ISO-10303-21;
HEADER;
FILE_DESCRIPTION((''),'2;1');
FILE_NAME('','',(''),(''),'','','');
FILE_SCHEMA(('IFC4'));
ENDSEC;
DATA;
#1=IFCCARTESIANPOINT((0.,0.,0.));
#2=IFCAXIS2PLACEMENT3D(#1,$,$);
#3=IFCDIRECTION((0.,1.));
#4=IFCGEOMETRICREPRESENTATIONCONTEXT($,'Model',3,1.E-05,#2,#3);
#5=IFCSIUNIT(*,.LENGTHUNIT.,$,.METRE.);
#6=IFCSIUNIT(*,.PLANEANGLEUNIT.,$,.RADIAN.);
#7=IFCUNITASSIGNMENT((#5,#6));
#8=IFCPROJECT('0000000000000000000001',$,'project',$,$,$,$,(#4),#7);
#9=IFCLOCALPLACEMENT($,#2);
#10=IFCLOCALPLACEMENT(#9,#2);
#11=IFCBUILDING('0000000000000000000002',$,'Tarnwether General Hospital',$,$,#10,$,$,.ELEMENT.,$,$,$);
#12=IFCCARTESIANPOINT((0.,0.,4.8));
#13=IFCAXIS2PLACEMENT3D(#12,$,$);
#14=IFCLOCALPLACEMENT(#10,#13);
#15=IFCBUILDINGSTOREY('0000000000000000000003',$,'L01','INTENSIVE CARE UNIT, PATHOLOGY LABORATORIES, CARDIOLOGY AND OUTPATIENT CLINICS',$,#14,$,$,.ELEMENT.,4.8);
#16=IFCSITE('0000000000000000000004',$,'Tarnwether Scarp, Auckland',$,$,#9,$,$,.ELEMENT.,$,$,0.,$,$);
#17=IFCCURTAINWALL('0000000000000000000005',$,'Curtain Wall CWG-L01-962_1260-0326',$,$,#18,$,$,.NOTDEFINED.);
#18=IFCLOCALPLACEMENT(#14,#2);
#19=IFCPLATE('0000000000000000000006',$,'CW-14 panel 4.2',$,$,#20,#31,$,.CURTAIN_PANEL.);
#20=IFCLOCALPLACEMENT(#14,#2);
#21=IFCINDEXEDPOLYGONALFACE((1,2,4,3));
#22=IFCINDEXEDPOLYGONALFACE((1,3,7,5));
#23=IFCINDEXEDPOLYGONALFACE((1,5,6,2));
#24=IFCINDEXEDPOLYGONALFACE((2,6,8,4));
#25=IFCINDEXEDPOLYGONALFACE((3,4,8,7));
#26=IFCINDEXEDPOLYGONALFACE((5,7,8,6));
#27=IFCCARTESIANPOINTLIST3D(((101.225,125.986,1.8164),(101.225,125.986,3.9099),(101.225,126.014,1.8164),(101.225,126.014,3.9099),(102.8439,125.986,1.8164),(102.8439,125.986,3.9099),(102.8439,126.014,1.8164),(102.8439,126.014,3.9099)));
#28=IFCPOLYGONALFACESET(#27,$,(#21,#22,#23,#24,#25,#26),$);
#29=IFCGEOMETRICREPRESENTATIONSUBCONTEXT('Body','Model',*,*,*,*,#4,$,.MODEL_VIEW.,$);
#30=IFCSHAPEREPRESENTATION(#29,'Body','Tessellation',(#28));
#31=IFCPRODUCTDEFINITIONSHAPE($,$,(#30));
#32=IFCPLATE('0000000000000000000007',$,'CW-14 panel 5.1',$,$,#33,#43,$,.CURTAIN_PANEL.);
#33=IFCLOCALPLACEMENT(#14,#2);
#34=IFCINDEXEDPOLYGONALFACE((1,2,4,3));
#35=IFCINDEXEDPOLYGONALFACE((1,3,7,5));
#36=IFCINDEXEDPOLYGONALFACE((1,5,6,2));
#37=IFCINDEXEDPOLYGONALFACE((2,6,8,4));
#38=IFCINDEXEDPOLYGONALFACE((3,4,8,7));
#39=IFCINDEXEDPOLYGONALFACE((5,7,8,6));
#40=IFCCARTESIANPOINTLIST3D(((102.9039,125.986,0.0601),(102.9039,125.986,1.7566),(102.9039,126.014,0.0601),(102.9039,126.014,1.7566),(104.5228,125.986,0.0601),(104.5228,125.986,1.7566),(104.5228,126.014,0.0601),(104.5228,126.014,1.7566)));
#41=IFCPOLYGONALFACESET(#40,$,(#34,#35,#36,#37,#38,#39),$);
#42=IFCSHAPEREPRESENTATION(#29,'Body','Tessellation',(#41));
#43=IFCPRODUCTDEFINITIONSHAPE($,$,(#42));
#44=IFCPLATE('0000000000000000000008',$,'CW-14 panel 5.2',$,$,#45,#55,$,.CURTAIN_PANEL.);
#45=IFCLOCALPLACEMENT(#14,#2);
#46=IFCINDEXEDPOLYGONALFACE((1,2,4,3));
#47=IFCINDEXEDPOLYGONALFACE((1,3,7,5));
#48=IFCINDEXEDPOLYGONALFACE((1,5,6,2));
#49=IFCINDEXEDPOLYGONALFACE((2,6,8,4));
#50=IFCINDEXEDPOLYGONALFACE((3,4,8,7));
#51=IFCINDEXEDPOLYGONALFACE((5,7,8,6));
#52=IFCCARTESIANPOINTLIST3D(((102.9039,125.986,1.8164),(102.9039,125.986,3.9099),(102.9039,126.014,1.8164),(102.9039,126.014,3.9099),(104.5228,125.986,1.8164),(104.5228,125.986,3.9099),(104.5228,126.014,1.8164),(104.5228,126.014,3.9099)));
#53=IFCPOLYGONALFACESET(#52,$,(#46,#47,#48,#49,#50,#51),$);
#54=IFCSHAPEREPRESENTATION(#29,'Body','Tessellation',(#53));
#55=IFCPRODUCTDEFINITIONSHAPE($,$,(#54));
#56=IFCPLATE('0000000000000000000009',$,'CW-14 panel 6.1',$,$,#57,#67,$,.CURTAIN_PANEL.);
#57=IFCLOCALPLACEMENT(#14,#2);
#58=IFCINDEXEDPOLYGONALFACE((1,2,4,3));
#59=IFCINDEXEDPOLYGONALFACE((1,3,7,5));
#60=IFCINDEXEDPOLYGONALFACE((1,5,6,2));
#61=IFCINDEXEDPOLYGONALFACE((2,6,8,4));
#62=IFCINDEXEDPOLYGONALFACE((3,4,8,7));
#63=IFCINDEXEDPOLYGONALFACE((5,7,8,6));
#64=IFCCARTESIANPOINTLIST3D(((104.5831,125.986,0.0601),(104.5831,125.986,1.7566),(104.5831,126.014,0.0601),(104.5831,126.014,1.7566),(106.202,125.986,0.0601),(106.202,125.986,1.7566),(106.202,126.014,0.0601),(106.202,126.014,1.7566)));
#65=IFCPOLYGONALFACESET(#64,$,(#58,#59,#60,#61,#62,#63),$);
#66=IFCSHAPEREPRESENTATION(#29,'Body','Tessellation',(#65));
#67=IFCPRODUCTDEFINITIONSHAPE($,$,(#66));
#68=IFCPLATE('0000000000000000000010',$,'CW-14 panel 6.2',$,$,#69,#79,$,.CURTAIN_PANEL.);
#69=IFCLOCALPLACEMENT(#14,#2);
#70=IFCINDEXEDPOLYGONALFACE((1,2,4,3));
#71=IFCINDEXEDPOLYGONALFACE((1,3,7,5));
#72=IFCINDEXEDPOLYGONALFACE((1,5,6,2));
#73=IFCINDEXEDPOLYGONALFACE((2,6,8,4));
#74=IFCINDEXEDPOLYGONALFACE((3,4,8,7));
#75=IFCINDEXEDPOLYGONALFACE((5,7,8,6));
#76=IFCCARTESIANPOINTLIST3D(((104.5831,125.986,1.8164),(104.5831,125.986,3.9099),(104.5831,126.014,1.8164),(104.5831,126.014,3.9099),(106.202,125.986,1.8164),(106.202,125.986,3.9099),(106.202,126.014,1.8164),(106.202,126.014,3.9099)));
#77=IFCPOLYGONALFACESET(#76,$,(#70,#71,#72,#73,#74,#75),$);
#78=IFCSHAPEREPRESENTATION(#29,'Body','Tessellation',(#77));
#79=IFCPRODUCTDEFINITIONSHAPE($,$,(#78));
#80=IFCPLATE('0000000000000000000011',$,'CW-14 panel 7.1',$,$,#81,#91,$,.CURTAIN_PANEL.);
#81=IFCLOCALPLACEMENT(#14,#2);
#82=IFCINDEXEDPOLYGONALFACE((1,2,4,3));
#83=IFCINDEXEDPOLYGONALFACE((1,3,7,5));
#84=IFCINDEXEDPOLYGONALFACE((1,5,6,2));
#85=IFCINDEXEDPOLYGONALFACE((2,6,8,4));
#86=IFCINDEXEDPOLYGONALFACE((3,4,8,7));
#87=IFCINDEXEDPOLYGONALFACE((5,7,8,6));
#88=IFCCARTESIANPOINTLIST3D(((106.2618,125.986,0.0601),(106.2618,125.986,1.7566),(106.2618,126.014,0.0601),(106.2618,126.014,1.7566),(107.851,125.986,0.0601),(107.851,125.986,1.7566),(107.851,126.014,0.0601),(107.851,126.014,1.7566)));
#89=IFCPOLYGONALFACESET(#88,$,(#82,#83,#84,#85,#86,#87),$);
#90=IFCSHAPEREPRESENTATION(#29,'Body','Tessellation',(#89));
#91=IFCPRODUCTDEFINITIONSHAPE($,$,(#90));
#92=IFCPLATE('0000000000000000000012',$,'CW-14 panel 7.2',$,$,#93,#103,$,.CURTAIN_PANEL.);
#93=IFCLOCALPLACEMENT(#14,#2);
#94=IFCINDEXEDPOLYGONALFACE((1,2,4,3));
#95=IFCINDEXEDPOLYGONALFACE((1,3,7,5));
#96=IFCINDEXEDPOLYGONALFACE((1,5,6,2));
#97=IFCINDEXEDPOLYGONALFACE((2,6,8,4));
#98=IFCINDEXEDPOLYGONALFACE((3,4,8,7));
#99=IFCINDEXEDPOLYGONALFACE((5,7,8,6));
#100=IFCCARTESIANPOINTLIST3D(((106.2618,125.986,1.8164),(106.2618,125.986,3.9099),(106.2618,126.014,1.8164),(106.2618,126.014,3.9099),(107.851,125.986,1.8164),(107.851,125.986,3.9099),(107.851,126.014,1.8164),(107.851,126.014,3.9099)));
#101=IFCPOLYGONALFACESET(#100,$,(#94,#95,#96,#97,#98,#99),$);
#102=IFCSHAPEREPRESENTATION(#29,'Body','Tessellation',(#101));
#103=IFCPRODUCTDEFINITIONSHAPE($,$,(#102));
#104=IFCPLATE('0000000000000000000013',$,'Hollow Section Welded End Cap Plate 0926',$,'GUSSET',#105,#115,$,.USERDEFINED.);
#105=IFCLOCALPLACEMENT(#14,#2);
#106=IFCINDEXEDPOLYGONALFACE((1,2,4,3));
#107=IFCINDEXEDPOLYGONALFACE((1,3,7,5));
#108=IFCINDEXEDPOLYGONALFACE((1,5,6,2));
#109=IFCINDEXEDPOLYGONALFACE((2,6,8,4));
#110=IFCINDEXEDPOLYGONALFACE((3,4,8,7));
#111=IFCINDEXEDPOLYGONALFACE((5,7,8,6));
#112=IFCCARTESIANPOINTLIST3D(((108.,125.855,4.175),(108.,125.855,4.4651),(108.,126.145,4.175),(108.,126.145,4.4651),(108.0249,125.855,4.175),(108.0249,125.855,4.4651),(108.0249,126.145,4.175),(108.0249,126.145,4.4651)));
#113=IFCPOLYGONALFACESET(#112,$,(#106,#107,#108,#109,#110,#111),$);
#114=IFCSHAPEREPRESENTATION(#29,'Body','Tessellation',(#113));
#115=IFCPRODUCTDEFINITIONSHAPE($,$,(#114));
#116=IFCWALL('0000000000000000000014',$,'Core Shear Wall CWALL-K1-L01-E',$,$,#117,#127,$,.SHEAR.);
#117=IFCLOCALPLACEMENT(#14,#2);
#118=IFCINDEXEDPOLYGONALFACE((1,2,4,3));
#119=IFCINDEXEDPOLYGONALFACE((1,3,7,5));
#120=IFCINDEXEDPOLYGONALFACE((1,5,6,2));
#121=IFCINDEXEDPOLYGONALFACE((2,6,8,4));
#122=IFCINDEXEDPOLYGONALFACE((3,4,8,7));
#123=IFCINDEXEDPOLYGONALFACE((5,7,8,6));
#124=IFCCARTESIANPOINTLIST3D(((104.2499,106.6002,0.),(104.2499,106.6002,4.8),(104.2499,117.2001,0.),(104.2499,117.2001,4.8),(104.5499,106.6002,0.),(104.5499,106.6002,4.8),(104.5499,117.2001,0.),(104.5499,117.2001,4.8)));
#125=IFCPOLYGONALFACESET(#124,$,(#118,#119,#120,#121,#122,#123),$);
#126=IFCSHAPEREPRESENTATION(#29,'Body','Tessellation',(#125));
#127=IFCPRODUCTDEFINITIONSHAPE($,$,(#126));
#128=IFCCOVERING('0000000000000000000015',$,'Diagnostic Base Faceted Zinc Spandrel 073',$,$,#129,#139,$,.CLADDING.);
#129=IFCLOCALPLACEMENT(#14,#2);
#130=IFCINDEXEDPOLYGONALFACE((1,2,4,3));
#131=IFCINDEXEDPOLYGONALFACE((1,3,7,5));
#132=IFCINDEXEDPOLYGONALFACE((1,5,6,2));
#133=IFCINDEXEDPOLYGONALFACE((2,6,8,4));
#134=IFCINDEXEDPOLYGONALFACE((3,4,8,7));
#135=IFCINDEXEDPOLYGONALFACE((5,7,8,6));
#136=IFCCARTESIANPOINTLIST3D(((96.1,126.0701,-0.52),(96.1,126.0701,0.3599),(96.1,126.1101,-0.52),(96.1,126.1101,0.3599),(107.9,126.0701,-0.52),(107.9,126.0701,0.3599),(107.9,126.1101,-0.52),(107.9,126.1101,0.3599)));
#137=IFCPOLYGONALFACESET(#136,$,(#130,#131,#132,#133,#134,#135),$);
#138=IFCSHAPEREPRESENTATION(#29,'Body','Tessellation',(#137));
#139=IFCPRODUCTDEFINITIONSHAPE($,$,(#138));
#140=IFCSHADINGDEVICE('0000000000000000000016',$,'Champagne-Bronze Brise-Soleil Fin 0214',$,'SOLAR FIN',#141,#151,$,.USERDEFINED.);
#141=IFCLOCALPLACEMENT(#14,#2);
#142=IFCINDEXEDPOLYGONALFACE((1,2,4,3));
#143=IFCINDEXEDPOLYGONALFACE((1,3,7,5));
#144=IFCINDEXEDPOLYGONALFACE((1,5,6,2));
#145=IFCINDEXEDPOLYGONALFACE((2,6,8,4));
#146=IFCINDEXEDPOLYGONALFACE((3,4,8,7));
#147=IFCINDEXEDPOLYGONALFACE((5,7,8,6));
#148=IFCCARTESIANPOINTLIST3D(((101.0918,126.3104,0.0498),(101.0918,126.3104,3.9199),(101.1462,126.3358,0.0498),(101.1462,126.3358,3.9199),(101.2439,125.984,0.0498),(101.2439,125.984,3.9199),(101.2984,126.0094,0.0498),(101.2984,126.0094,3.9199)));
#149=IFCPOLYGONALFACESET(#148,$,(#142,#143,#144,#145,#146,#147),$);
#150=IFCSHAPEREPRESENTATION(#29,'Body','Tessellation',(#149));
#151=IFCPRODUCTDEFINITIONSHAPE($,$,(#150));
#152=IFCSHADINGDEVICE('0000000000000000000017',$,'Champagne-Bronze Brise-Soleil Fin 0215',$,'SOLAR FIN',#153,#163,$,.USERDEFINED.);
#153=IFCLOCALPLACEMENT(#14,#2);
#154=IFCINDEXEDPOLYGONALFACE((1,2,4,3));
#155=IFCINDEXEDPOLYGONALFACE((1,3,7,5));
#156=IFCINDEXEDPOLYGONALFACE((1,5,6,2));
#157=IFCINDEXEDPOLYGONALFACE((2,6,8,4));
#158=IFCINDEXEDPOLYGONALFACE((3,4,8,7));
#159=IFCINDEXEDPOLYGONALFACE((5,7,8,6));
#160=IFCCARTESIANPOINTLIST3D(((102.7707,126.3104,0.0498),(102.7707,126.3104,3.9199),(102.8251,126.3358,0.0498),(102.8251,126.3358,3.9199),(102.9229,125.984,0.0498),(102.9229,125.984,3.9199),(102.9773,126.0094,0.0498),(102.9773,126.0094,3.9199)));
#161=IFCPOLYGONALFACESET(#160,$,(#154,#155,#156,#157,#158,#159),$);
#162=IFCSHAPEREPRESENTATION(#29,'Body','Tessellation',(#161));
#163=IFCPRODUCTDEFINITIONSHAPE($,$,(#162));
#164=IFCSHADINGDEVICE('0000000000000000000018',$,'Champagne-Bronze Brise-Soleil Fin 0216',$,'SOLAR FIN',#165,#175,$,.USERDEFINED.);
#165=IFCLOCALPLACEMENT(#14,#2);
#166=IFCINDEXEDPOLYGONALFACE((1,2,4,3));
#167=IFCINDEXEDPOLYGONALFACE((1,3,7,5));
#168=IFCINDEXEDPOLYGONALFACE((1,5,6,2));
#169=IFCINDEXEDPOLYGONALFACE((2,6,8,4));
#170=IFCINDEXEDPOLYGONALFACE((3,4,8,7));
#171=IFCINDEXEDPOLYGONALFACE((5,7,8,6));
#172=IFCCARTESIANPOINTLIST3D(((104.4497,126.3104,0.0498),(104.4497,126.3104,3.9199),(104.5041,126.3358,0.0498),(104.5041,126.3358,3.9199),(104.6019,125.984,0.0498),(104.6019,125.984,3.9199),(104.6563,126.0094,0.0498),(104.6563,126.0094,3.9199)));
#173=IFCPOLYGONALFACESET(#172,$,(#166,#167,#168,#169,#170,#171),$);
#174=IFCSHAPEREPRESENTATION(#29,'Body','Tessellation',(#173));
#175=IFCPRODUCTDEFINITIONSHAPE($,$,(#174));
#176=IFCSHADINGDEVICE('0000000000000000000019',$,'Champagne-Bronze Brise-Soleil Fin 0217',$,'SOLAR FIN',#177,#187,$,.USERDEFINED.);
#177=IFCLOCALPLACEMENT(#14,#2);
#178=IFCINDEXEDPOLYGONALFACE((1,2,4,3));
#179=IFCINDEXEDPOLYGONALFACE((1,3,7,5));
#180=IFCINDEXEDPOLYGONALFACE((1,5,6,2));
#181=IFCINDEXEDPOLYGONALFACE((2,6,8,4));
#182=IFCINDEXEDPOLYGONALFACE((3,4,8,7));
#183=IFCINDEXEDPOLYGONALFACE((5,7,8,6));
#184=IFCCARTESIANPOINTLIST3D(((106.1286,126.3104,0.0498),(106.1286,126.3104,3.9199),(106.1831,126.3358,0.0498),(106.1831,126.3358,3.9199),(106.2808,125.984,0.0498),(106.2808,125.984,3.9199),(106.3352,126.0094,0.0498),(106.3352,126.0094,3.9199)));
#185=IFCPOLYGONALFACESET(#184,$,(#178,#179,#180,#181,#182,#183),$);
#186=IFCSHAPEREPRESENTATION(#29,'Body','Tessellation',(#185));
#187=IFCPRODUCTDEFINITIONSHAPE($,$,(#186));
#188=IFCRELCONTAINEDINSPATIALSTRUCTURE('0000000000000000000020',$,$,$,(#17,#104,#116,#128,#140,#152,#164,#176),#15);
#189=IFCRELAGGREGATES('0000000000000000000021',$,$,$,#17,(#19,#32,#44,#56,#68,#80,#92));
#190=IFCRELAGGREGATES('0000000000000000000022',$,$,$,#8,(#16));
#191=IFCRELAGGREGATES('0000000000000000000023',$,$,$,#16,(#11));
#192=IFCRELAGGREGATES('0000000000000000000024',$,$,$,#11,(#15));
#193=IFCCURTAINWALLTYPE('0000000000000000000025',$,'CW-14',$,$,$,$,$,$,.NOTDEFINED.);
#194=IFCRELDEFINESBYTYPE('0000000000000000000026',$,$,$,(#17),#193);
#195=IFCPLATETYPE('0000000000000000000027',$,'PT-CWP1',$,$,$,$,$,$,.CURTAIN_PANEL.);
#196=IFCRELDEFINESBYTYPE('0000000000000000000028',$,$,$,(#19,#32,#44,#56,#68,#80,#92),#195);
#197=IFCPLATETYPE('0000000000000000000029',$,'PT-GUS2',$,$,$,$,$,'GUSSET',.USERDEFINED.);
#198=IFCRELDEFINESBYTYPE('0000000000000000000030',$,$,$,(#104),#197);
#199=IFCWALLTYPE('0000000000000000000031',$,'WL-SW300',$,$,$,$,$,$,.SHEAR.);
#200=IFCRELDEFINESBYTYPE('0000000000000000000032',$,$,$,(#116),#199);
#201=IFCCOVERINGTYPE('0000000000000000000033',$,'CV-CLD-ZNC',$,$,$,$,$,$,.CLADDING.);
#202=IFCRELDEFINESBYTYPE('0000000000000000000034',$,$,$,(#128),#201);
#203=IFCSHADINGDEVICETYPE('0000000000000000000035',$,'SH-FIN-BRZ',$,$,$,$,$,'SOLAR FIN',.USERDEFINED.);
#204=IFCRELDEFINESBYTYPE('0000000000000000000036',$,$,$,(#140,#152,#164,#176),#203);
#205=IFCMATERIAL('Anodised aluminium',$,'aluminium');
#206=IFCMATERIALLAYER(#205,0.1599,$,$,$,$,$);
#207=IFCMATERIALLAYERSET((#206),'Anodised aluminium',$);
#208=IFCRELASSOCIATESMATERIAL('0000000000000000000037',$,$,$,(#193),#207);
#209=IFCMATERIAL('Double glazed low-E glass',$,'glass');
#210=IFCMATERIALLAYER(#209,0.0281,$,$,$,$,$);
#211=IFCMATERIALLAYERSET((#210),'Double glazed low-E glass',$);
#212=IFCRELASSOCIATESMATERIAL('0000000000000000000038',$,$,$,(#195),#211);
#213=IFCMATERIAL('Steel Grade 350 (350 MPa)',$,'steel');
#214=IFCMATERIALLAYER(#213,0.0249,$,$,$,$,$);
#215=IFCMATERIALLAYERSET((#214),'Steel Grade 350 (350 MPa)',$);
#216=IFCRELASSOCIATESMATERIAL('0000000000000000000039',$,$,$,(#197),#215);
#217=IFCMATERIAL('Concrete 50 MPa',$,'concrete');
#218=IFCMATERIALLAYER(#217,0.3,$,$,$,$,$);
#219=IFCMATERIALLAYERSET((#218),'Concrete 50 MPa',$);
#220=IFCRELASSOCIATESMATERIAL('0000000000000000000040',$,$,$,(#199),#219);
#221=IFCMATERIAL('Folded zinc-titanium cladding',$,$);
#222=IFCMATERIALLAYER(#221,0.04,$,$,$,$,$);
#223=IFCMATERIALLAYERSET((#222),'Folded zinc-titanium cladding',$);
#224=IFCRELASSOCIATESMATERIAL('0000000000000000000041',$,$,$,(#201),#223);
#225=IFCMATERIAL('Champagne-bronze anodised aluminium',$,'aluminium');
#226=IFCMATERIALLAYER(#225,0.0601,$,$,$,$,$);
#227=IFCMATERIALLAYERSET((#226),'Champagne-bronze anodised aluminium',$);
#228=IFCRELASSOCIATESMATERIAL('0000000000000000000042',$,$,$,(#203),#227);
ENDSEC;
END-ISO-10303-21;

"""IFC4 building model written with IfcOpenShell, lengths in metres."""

from ifc_helpers import new_model, si_unit, direction, frame, frame_2d, origin, origin_2d, place, context, subcontext, project, spatial, rectangle, extrude, material, layer, layer_set, type_object, element, aggregate, save


model = new_model("IFC4")

# Units and contexts
model_context = context("Model", 3, precision=1e-05, world=origin(), true_north=direction((0.0, 1.0)))
body_context = subcontext(model_context, "Body", "Model", "MODEL_VIEW")
ifc_project = project(units=[si_unit("LENGTHUNIT", "METRE"), si_unit("PLANEANGLEUNIT", "RADIAN")], contexts=[model_context])

# Site, building, storey
site_placement = place(None, origin())
site = spatial("IfcSite", under=ifc_project, at=site_placement, Name="Tarnwether Scarp, Auckland", CompositionType="ELEMENT", RefElevation=0.0)
building_placement = place(site_placement, origin())
building = spatial("IfcBuilding", under=site, at=building_placement, Name="Tarnwether General Hospital", CompositionType="ELEMENT")
storey_placement = place(building_placement, frame((0.0, 0.0, 4.8)))
storey = spatial("IfcBuildingStorey", under=building, at=storey_placement, Name="L01", Description="INTENSIVE CARE UNIT, PATHOLOGY LABORATORIES, CARDIOLOGY AND OUTPATIENT CLINICS", CompositionType="ELEMENT", Elevation=4.8)

# Curtain wall
ifc_material_1 = material(Name="Anodised aluminium", Category="aluminium")
ifc_layer_1 = layer(ifc_material_1, 0.1599)
ifc_layer_set_1 = layer_set([ifc_layer_1], Name="Anodised aluminium")
curtain_wall_type = type_object("IfcCurtainWallType", Name="CW-14", PredefinedType="NOTDEFINED", material=ifc_layer_set_1)
curtain_wall_1_placement = place(storey_placement, origin())
curtain_wall_1 = element("IfcCurtainWall", 1, at=curtain_wall_1_placement, inside=storey, type_object=curtain_wall_type, Name="Curtain Wall CWG-L01-962_1260-0326", PredefinedType="NOTDEFINED")

# Plates
ifc_material_2 = material(Name="Double glazed low-E glass", Category="glass")
ifc_layer_2 = layer(ifc_material_2, 0.0281)
ifc_layer_set_2 = layer_set([ifc_layer_2], Name="Double glazed low-E glass")
plate_type_1 = type_object("IfcPlateType", Name="PT-CWP1", PredefinedType="CURTAIN_PANEL", material=ifc_layer_set_2)
plate_1_placement = place(storey_placement, frame((102.0344, 126.0, 1.8164), z_axis=(0.0, 0.0, 1.0), x_axis=(1.0, 0.0, 0.0)))
plate_1 = element("IfcPlate", 2, at=plate_1_placement, type_object=plate_type_1, Name="CW-14 panel 4.2", PredefinedType="CURTAIN_PANEL", context=body_context, shape_type="SweptSolid", body=[
    extrude(rectangle(XDim=1.6189, YDim=0.0281, at=origin_2d()), origin(), (0.0, 0.0, 1.0), 2.0935),
])
plate_2_placement = place(storey_placement, frame((103.7134, 126.0, 0.0601), z_axis=(0.0, 0.0, 1.0), x_axis=(1.0, 0.0, 0.0)))
plate_2 = element("IfcPlate", 3, at=plate_2_placement, type_object=plate_type_1, Name="CW-14 panel 5.1", PredefinedType="CURTAIN_PANEL", context=body_context, shape_type="SweptSolid", body=[
    extrude(rectangle(XDim=1.6189, YDim=0.0281, at=origin_2d()), origin(), (0.0, 0.0, 1.0), 1.6965),
])
plate_3_placement = place(storey_placement, frame((103.7134, 126.0, 1.8164), z_axis=(0.0, 0.0, 1.0), x_axis=(1.0, 0.0, 0.0)))
plate_3 = element("IfcPlate", 4, at=plate_3_placement, type_object=plate_type_1, Name="CW-14 panel 5.2", PredefinedType="CURTAIN_PANEL", context=body_context, shape_type="SweptSolid", body=[
    extrude(rectangle(XDim=1.6189, YDim=0.0281, at=origin_2d()), origin(), (0.0, 0.0, 1.0), 2.0935),
])
plate_4_placement = place(storey_placement, frame((105.3926, 126.0, 0.0601), z_axis=(0.0, 0.0, 1.0), x_axis=(1.0, 0.0, 0.0)))
plate_4 = element("IfcPlate", 5, at=plate_4_placement, type_object=plate_type_1, Name="CW-14 panel 6.1", PredefinedType="CURTAIN_PANEL", context=body_context, shape_type="SweptSolid", body=[
    extrude(rectangle(XDim=1.6189, YDim=0.0281, at=origin_2d()), origin(), (0.0, 0.0, 1.0), 1.6965),
])
plate_5_placement = place(storey_placement, frame((105.3926, 126.0, 1.8164), z_axis=(0.0, 0.0, 1.0), x_axis=(1.0, 0.0, 0.0)))
plate_5 = element("IfcPlate", 6, at=plate_5_placement, type_object=plate_type_1, Name="CW-14 panel 6.2", PredefinedType="CURTAIN_PANEL", context=body_context, shape_type="SweptSolid", body=[
    extrude(rectangle(XDim=1.6189, YDim=0.0281, at=origin_2d()), origin(), (0.0, 0.0, 1.0), 2.0935),
])
plate_6_placement = place(storey_placement, frame((107.0564, 126.0, 0.0601), z_axis=(0.0, 0.0, 1.0), x_axis=(1.0, 0.0, 0.0)))
plate_6 = element("IfcPlate", 7, at=plate_6_placement, type_object=plate_type_1, Name="CW-14 panel 7.1", PredefinedType="CURTAIN_PANEL", context=body_context, shape_type="SweptSolid", body=[
    extrude(rectangle(XDim=1.5891, YDim=0.0281, at=origin_2d()), origin(), (0.0, 0.0, 1.0), 1.6965),
])
plate_7_placement = place(storey_placement, frame((107.0564, 126.0, 1.8164), z_axis=(0.0, 0.0, 1.0), x_axis=(1.0, 0.0, 0.0)))
plate_7 = element("IfcPlate", 8, at=plate_7_placement, type_object=plate_type_1, Name="CW-14 panel 7.2", PredefinedType="CURTAIN_PANEL", context=body_context, shape_type="SweptSolid", body=[
    extrude(rectangle(XDim=1.5891, YDim=0.0281, at=origin_2d()), origin(), (0.0, 0.0, 1.0), 2.0935),
])
aggregate(curtain_wall_1, [plate_1, plate_2, plate_3, plate_4, plate_5, plate_6, plate_7])
ifc_material_3 = material(Name="Steel Grade 350 (350 MPa)", Category="steel")
ifc_layer_3 = layer(ifc_material_3, 0.0249)
ifc_layer_set_3 = layer_set([ifc_layer_3], Name="Steel Grade 350 (350 MPa)")
plate_type_2 = type_object("IfcPlateType", Name="PT-GUS2", ElementType="GUSSET", PredefinedType="USERDEFINED", material=ifc_layer_set_3)
plate_8_placement = place(storey_placement, frame((108.0125, 126.0, 4.175), z_axis=(0.0, 0.0, 1.0), x_axis=(1.0, 0.0, 0.0)))
element("IfcPlate", 9, at=plate_8_placement, inside=storey, type_object=plate_type_2, Name="Hollow Section Welded End Cap Plate 0926", ObjectType="GUSSET", PredefinedType="USERDEFINED", context=body_context, shape_type="SweptSolid", body=[
    extrude(rectangle(XDim=0.0249, YDim=0.29, at=origin_2d()), origin(), (0.0, 0.0, 1.0), 0.29),
])

# Wall
ifc_material_4 = material(Name="Concrete 50 MPa", Category="concrete")
ifc_layer_4 = layer(ifc_material_4, 0.3)
ifc_layer_set_4 = layer_set([ifc_layer_4], Name="Concrete 50 MPa")
wall_type = type_object("IfcWallType", Name="WL-SW300", PredefinedType="SHEAR", material=ifc_layer_set_4)
wall_placement = place(storey_placement, frame((104.3999, 117.2, 0.0), z_axis=(0.0, 0.0, 1.0), x_axis=(0.0, -1.0, 0.0)))
element("IfcWall", 10, at=wall_placement, inside=storey, type_object=wall_type, Name="Core Shear Wall CWALL-K1-L01-E", PredefinedType="SHEAR", context=body_context, shape_type="SweptSolid", body=[
    extrude(rectangle(XDim=10.5999, YDim=0.3, at=frame_2d((5.2998, 0.0))), origin(), (0.0, 0.0, 1.0), 4.8),
])

# Covering
ifc_material_5 = material(Name="Folded zinc-titanium cladding")
ifc_layer_5 = layer(ifc_material_5, 0.04)
ifc_layer_set_5 = layer_set([ifc_layer_5], Name="Folded zinc-titanium cladding")
covering_type = type_object("IfcCoveringType", Name="CV-CLD-ZNC", PredefinedType="CLADDING", material=ifc_layer_set_5)
covering_placement = place(storey_placement, frame((102.0, 126.0901, -0.52), z_axis=(0.0, 0.0, 1.0), x_axis=(1.0, 0.0, 0.0)))
element("IfcCovering", 11, at=covering_placement, inside=storey, type_object=covering_type, Name="Diagnostic Base Faceted Zinc Spandrel 073", PredefinedType="CLADDING", context=body_context, shape_type="SweptSolid", body=[
    extrude(rectangle(XDim=11.8, YDim=0.04, at=origin_2d()), origin(), (0.0, 0.0, 1.0), 0.8799),
])

# Shading devices
ifc_material_6 = material(Name="Champagne-bronze anodised aluminium", Category="aluminium")
ifc_layer_6 = layer(ifc_material_6, 0.0601)
ifc_layer_set_6 = layer_set([ifc_layer_6], Name="Champagne-bronze anodised aluminium")
shading_device_type = type_object("IfcShadingDeviceType", Name="SH-FIN-BRZ", ElementType="SOLAR FIN", PredefinedType="USERDEFINED", material=ifc_layer_set_6)
for number, where, z_axis, x_axis, name in (
    (12, (101.1951, 126.1599, 0.0498), (0.0, 0.0, 1.0), (0.906308, 0.422618, 0.0), "Champagne-Bronze Brise-Soleil Fin 0214"),
    (13, (102.874, 126.1599, 0.0498), (0.0, 0.0, 1.0), (0.906308, 0.422618, 0.0), "Champagne-Bronze Brise-Soleil Fin 0215"),
    (14, (104.553, 126.1599, 0.0498), (0.0, 0.0, 1.0), (0.906308, 0.422618, 0.0), "Champagne-Bronze Brise-Soleil Fin 0216"),
    (15, (106.2319, 126.1599, 0.0498), (0.0, 0.0, 1.0), (0.906308, 0.422618, 0.0), "Champagne-Bronze Brise-Soleil Fin 0217"),
):
    element("IfcShadingDevice", number, at=place(storey_placement, frame(where, z_axis=z_axis, x_axis=x_axis)), inside=storey, type_object=shading_device_type, Name=name, ObjectType="SOLAR FIN", PredefinedType="USERDEFINED", context=body_context, shape_type="SweptSolid", body=[
        extrude(rectangle(XDim=0.0601, YDim=0.3601, at=origin_2d()), origin(), (0.0, 0.0, 1.0), 3.8701),
    ])

save(model, "model.ifc")
